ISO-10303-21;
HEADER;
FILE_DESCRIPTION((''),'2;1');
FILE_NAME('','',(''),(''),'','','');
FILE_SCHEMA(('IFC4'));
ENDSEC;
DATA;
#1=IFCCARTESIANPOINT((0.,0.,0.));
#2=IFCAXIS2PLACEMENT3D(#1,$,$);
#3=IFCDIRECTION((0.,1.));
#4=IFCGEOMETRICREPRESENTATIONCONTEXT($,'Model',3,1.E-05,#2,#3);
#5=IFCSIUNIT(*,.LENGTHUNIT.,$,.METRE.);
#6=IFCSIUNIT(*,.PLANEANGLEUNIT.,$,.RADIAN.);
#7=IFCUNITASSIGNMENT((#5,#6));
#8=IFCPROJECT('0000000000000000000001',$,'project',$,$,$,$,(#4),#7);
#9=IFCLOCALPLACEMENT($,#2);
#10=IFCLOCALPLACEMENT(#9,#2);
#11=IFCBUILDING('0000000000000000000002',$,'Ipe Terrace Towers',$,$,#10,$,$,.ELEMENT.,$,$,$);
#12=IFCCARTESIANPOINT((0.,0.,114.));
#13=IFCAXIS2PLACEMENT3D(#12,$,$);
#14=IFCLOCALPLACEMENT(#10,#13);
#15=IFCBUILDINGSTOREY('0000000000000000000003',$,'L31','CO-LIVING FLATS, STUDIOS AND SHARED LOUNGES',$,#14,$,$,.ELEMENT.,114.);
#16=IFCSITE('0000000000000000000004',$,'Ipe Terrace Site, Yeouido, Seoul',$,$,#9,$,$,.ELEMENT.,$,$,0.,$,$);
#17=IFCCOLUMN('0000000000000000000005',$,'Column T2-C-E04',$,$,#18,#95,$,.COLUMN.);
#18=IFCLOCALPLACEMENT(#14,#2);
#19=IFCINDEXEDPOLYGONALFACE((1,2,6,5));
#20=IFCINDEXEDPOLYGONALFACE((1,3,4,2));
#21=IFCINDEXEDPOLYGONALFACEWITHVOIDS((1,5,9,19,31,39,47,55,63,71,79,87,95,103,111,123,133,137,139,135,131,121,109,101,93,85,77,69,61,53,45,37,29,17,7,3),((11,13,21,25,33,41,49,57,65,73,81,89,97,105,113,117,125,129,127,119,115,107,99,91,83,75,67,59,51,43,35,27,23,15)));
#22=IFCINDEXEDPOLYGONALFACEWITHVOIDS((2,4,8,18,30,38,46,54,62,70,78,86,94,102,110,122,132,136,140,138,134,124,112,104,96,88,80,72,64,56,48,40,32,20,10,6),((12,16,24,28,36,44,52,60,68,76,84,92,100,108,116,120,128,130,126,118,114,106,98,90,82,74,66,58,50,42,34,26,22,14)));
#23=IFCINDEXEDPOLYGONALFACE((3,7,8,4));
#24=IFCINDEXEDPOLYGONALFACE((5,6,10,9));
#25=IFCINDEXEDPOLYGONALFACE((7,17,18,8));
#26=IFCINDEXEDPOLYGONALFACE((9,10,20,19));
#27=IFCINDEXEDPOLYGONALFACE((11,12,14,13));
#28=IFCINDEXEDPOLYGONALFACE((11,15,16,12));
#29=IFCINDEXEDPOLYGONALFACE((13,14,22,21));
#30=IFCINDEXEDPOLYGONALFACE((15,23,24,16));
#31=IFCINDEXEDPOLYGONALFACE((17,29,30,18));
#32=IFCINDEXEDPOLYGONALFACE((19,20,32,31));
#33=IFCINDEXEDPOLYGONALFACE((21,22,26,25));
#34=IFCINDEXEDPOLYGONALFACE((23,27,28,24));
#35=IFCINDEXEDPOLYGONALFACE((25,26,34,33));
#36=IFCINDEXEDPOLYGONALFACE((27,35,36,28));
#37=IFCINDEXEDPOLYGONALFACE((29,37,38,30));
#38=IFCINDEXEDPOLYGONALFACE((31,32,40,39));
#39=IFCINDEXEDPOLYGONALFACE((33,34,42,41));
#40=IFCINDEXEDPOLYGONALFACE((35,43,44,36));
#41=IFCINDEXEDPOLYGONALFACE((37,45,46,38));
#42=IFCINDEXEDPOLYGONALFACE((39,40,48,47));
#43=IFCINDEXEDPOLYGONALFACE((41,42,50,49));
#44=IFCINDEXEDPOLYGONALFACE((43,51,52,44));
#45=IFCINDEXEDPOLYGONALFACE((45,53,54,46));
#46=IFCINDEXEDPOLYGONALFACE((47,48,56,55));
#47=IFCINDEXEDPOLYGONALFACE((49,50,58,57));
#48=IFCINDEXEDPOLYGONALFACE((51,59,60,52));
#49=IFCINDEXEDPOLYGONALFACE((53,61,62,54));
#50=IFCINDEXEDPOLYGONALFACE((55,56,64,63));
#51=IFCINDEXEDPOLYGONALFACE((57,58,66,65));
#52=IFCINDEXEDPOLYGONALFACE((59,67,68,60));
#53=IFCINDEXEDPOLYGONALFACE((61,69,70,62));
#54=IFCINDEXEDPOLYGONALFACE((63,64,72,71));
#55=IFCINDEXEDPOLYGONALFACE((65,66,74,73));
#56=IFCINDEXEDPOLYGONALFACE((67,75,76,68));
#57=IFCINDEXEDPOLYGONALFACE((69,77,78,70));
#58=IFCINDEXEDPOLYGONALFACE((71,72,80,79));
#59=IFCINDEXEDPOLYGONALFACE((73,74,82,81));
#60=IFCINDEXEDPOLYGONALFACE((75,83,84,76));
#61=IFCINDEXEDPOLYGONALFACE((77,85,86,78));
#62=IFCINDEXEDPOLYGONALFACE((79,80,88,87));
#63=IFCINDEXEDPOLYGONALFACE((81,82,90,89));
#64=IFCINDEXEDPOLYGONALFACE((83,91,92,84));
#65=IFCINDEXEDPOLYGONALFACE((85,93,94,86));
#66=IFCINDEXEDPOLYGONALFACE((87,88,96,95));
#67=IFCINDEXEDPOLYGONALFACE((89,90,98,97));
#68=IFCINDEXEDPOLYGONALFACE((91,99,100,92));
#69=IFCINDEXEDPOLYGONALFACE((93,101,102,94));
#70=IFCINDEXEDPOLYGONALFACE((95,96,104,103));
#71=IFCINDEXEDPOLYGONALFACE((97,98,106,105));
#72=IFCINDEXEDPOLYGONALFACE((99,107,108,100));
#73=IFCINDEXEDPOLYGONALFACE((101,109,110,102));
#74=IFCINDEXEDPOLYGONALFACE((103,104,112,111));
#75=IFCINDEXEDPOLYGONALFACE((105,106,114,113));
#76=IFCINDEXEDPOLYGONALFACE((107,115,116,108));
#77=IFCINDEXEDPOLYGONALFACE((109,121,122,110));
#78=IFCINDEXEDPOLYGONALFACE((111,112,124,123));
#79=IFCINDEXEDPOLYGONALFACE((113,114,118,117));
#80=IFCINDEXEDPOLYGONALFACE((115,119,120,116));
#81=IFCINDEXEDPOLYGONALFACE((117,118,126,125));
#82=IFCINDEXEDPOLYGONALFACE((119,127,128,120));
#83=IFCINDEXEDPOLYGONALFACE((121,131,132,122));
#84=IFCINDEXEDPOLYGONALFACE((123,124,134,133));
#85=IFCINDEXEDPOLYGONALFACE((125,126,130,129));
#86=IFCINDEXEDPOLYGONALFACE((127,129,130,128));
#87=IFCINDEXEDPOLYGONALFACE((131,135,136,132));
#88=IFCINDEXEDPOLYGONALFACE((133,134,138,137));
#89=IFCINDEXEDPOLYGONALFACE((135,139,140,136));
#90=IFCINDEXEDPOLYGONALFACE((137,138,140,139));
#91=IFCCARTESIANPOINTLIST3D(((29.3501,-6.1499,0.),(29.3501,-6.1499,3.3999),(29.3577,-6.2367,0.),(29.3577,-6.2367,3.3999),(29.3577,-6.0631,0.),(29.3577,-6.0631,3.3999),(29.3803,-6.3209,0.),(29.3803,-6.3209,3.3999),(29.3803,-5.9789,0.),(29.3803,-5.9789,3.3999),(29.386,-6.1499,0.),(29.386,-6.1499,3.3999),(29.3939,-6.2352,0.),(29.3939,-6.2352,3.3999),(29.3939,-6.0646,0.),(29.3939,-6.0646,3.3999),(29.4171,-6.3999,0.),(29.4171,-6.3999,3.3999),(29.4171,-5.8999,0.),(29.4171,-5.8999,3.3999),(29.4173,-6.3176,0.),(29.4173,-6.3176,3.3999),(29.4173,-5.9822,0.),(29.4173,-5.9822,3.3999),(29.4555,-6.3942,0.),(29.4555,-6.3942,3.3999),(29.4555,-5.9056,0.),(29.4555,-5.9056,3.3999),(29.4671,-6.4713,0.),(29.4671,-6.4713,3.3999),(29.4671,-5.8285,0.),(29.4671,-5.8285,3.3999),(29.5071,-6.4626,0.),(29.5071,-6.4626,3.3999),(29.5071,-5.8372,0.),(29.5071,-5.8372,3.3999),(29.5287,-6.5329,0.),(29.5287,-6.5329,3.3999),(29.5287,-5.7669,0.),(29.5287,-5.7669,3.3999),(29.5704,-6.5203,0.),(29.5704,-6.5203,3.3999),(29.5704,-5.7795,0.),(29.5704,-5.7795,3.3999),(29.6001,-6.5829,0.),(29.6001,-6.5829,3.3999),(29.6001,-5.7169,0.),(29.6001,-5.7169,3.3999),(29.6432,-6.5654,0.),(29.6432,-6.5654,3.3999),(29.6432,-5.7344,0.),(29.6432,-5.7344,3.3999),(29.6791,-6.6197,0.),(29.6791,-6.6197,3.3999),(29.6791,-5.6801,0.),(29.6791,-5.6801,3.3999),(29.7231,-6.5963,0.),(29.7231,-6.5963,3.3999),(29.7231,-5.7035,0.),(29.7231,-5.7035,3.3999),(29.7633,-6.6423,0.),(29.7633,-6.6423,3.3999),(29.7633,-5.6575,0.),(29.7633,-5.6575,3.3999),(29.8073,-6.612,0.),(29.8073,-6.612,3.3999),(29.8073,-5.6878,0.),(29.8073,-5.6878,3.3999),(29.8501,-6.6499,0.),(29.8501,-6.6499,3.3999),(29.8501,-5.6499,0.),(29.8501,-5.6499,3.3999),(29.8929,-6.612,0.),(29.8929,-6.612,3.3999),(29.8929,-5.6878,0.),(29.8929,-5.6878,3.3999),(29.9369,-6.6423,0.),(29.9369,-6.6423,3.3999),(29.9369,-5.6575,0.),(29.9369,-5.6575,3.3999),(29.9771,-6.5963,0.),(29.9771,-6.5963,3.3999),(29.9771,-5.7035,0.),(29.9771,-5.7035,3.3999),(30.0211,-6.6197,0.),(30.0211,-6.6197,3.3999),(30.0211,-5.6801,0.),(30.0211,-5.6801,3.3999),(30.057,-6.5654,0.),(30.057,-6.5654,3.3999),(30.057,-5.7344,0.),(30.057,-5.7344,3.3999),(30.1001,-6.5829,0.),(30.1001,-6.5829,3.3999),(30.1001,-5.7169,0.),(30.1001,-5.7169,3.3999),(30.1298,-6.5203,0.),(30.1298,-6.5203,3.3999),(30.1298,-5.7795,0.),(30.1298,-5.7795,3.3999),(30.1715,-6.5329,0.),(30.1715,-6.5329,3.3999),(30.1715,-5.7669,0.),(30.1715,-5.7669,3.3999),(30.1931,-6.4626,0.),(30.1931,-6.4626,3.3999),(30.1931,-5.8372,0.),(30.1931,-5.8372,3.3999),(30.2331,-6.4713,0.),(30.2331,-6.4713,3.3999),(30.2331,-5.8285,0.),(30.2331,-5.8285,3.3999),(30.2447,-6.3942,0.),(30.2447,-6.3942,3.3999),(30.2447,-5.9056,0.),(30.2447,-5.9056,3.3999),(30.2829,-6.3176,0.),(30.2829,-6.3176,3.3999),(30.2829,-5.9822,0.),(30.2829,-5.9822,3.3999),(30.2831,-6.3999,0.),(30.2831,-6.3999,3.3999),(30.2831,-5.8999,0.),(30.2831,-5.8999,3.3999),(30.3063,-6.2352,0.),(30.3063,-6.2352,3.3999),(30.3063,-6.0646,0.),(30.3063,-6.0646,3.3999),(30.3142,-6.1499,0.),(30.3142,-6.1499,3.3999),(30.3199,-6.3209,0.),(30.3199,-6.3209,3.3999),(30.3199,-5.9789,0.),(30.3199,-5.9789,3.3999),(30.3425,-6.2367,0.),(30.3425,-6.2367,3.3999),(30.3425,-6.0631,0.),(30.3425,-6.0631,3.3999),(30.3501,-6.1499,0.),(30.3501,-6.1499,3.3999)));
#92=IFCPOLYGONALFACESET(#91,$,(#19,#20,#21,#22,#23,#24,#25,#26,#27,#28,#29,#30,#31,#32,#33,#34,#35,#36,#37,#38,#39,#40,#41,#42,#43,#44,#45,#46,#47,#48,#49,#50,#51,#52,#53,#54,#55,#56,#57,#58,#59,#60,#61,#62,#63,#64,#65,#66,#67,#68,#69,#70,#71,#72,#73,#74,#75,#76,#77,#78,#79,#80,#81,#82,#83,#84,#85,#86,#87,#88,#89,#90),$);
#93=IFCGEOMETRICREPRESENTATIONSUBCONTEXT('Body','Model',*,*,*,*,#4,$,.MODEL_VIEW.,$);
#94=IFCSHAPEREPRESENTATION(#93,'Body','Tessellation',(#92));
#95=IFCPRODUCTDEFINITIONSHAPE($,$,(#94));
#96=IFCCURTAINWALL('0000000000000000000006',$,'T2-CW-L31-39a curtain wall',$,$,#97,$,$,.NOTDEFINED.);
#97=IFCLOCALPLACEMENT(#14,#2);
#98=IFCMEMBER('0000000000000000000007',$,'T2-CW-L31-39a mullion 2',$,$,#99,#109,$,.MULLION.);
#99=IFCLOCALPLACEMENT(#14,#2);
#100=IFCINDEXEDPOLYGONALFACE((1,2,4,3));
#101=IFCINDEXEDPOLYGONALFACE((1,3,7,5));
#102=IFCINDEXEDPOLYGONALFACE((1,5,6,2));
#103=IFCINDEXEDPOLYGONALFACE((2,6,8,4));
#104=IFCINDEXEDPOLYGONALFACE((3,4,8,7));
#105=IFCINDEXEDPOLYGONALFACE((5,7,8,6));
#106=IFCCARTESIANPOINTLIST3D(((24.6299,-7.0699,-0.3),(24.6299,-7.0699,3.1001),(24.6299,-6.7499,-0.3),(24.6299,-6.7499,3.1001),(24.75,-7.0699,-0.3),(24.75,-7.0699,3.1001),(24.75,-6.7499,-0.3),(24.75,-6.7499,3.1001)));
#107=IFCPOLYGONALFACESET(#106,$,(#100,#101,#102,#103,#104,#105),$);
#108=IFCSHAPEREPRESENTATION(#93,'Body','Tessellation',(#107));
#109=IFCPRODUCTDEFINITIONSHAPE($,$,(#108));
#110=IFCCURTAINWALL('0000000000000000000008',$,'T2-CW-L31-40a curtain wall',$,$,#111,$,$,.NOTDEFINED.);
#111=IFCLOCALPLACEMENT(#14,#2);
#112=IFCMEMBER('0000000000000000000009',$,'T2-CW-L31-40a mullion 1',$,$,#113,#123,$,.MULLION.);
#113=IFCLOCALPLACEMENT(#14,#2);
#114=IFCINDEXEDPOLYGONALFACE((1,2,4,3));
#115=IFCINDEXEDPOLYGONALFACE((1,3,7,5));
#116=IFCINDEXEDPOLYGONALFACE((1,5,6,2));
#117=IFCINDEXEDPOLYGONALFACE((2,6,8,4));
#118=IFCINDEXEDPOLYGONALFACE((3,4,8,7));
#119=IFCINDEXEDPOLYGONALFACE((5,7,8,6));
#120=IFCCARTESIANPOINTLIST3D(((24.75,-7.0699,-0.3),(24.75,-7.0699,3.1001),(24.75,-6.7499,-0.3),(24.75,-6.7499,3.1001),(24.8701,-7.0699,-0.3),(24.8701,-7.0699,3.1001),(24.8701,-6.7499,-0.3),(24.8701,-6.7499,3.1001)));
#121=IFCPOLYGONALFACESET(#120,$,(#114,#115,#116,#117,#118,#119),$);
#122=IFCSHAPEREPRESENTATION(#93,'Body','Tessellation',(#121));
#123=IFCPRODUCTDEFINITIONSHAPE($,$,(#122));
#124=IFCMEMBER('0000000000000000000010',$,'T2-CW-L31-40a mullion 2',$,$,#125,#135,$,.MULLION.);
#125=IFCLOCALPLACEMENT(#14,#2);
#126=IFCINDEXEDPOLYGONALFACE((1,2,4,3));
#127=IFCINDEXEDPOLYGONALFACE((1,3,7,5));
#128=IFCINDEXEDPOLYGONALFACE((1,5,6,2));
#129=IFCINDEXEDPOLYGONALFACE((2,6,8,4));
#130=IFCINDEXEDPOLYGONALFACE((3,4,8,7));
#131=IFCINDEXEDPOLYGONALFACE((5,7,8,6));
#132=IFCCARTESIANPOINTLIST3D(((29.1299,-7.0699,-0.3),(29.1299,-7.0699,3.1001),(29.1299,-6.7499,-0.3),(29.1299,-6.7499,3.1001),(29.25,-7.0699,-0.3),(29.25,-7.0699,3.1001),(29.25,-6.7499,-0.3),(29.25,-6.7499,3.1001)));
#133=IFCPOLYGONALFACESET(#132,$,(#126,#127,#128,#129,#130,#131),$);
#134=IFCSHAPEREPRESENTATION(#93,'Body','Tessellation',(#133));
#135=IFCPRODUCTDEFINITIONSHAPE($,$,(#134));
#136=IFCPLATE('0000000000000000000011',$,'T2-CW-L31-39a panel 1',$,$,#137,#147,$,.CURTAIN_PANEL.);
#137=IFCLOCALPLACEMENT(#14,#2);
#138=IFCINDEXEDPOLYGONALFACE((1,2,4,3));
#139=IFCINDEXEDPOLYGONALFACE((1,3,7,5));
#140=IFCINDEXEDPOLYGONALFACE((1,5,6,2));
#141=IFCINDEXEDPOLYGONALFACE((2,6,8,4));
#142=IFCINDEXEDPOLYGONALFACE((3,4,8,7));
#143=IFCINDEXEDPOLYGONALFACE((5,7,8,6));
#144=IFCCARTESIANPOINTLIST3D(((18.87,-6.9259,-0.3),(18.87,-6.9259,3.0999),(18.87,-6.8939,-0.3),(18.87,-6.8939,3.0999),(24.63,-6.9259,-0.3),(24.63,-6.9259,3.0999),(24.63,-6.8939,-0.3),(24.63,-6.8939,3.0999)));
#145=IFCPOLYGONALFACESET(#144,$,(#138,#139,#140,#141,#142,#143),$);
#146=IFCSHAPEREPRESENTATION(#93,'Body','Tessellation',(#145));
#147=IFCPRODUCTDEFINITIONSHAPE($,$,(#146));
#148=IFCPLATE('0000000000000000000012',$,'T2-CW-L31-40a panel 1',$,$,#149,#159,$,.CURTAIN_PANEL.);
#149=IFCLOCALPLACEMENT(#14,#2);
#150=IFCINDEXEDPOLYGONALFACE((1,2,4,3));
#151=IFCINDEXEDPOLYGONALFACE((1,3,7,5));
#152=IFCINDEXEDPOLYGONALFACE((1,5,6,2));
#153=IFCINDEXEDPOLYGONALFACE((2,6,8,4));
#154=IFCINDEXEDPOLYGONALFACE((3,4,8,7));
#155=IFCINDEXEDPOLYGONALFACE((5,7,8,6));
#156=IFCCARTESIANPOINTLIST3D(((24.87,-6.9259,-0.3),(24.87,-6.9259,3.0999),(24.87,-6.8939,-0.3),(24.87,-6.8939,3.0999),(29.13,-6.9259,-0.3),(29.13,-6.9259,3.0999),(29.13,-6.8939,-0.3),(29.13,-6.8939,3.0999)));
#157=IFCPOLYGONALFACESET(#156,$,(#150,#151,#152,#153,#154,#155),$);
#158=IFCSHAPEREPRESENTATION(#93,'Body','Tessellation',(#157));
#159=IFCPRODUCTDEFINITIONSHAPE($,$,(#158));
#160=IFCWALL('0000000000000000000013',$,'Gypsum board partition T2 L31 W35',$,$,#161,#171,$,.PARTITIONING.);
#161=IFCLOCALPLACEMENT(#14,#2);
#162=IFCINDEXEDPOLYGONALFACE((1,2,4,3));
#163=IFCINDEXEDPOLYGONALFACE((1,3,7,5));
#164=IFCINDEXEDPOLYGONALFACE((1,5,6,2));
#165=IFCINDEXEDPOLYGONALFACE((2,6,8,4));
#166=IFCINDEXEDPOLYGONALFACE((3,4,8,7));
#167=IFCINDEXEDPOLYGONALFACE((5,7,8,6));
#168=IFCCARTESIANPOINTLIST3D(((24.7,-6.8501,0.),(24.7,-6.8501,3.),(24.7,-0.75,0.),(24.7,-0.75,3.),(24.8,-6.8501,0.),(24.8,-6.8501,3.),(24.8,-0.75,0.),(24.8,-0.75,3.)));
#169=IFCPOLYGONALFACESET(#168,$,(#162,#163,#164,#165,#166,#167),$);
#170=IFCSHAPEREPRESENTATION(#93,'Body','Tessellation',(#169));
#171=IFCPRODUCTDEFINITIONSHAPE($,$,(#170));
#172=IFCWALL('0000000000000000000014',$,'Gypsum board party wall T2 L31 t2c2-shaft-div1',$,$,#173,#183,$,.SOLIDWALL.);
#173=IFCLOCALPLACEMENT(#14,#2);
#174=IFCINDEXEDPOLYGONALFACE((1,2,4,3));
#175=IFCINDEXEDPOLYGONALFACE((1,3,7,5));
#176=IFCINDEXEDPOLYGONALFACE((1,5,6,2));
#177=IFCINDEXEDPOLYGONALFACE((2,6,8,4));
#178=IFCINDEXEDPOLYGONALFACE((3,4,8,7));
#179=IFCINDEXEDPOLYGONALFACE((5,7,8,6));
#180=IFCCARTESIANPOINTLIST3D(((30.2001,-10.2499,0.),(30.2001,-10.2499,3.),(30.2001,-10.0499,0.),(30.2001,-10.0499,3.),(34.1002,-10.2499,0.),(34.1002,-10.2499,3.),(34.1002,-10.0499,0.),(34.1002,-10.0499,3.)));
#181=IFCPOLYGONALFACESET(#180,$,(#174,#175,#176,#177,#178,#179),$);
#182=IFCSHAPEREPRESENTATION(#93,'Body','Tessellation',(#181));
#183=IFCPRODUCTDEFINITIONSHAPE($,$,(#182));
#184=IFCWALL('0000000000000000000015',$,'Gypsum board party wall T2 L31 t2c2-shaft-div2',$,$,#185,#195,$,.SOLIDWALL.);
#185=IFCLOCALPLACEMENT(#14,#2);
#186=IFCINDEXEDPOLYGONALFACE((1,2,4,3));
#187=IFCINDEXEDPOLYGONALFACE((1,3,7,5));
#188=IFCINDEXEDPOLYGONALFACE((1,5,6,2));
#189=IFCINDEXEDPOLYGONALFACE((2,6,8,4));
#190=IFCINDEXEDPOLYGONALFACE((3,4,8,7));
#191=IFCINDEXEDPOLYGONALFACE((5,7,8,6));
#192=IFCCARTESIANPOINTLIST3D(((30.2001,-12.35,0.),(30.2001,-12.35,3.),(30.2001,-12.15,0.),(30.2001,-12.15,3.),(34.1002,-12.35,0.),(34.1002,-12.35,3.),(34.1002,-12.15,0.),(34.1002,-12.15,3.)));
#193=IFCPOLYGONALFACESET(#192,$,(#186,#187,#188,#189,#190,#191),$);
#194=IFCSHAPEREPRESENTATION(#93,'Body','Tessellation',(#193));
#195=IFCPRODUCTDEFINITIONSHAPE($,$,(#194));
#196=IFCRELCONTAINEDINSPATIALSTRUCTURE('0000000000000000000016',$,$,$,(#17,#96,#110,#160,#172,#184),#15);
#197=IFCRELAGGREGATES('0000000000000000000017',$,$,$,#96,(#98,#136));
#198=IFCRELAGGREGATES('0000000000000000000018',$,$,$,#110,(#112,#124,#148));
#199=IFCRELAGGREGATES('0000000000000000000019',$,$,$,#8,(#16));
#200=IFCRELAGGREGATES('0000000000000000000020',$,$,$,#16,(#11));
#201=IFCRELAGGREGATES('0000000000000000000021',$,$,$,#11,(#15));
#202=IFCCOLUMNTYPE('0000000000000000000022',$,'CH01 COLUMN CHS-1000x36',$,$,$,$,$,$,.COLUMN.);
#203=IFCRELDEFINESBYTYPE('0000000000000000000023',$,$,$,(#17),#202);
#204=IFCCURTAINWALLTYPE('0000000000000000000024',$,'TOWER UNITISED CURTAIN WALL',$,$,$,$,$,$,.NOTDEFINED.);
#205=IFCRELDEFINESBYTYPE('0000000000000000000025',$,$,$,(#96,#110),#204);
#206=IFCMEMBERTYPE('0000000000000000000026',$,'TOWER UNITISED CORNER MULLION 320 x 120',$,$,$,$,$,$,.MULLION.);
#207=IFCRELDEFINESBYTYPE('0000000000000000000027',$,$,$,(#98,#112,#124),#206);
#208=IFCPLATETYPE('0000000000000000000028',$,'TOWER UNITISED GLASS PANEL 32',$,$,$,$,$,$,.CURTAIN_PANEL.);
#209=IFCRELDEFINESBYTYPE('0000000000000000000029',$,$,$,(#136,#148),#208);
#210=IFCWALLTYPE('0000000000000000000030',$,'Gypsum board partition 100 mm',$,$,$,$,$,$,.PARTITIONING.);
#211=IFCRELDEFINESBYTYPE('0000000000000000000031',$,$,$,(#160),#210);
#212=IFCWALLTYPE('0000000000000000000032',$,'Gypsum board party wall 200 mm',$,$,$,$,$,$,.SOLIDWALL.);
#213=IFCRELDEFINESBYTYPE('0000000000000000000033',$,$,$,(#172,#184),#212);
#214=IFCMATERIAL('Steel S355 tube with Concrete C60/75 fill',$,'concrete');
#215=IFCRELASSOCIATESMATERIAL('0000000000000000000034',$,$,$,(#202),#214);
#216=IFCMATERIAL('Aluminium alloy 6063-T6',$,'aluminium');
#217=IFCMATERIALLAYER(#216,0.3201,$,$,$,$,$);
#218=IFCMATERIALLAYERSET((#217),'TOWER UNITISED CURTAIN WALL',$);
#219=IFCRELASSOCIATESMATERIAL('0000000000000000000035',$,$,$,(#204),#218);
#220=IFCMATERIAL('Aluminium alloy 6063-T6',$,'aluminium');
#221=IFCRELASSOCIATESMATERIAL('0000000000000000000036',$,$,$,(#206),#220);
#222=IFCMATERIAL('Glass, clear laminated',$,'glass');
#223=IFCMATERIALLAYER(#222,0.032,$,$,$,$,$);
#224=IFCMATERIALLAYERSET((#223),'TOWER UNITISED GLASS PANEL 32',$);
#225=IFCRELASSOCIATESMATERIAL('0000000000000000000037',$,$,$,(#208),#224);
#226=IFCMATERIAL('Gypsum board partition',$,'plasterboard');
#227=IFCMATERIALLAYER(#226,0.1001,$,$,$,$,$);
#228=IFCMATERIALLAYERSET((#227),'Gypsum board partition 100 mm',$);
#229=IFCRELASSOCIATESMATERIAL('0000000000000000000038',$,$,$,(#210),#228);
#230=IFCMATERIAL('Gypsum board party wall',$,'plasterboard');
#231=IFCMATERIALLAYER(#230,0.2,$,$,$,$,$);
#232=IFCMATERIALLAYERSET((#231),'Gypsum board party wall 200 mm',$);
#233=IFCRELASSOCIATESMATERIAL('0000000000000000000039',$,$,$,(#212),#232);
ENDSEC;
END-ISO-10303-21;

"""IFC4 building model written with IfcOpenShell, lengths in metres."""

from ifc_helpers import new_model, si_unit, direction, frame, frame_2d, origin, origin_2d, place, context, subcontext, project, spatial, rectangle, hollow_circle, extrude, material, layer, layer_set, material_profile, profile_set, type_object, element, aggregate, save


model = new_model("IFC4")

# Units and contexts
model_context = context("Model", 3, precision=1e-05, world=origin(), true_north=direction((0.0, 1.0)))
body_context = subcontext(model_context, "Body", "Model", "MODEL_VIEW")
ifc_project = project(units=[si_unit("LENGTHUNIT", "METRE"), si_unit("PLANEANGLEUNIT", "RADIAN")], contexts=[model_context])

# Site, building, storey
site_placement = place(None, origin())
site = spatial("IfcSite", under=ifc_project, at=site_placement, Name="Ipe Terrace Site, Yeouido, Seoul", CompositionType="ELEMENT", RefElevation=0.0)
building_placement = place(site_placement, origin())
building = spatial("IfcBuilding", under=site, at=building_placement, Name="Ipe Terrace Towers", CompositionType="ELEMENT")
storey_placement = place(building_placement, frame((0.0, 0.0, 114.0)))
storey = spatial("IfcBuildingStorey", under=building, at=storey_placement, Name="L31", Description="CO-LIVING FLATS, STUDIOS AND SHARED LOUNGES", CompositionType="ELEMENT", Elevation=114.0)

# Column
ifc_material_1 = material(Name="Steel S355 tube with Concrete C60/75 fill", Category="concrete")
ifc_material_profile_1 = material_profile(ifc_material_1, hollow_circle(Radius=0.5, WallThickness=0.0359, at=origin_2d()), Name="CHS-1000x36")
ifc_profile_set_1 = profile_set([ifc_material_profile_1], Name="Steel S355 tube with Concrete C60/75 fill")
column_type = type_object("IfcColumnType", Name="CH01 COLUMN CHS-1000x36", PredefinedType="COLUMN", material=ifc_profile_set_1)
column_placement = place(storey_placement, frame((29.8501, -6.1499, 0.0), z_axis=(0.0, 0.0, 1.0), x_axis=(1.0, 0.0, 0.0)))
element("IfcColumn", 1, at=column_placement, inside=storey, type_object=column_type, Name="Column T2-C-E04", PredefinedType="COLUMN", context=body_context, shape_type="SweptSolid", body=[
    extrude(hollow_circle(Radius=0.5, WallThickness=0.0359, at=origin_2d()), origin(), (0.0, 0.0, 1.0), 3.3999),
])

# Curtain wall, member
ifc_material_2 = material(Name="Aluminium alloy 6063-T6", Category="aluminium")
ifc_layer_1 = layer(ifc_material_2, 0.3201)
ifc_layer_set_1 = layer_set([ifc_layer_1], Name="TOWER UNITISED CURTAIN WALL")
curtain_wall_type = type_object("IfcCurtainWallType", Name="TOWER UNITISED CURTAIN WALL", PredefinedType="NOTDEFINED", material=ifc_layer_set_1)
curtain_wall_1_placement = place(storey_placement, origin())
curtain_wall_1 = element("IfcCurtainWall", 2, at=curtain_wall_1_placement, inside=storey, type_object=curtain_wall_type, Name="T2-CW-L31-39a curtain wall", PredefinedType="NOTDEFINED")
ifc_material_3 = material(Name="Aluminium alloy 6063-T6", Category="aluminium")
ifc_material_profile_2 = material_profile(ifc_material_3, rectangle(XDim=0.3201, YDim=0.1201, at=origin_2d()), Name="TOWER UNITISED CORNER MULLION 320 x 120")
ifc_profile_set_2 = profile_set([ifc_material_profile_2], Name="Aluminium alloy 6063-T6")
member_type = type_object("IfcMemberType", Name="TOWER UNITISED CORNER MULLION 320 x 120", PredefinedType="MULLION", material=ifc_profile_set_2)
member_1_placement = place(storey_placement, frame((24.6899, -6.9099, -0.3), z_axis=(0.0, 0.0, 1.0), x_axis=(0.0, -1.0, 0.0)))
member_1 = element("IfcMember", 3, at=member_1_placement, type_object=member_type, Name="T2-CW-L31-39a mullion 2", PredefinedType="MULLION", context=body_context, shape_type="SweptSolid", body=[
    extrude(rectangle(XDim=0.3201, YDim=0.1201, at=origin_2d()), origin(), (0.0, 0.0, 1.0), 3.4001),
])

# Curtain wall, members
curtain_wall_2_placement = place(storey_placement, origin())
curtain_wall_2 = element("IfcCurtainWall", 4, at=curtain_wall_2_placement, inside=storey, type_object=curtain_wall_type, Name="T2-CW-L31-40a curtain wall", PredefinedType="NOTDEFINED")
member_2_placement = place(storey_placement, frame((24.8101, -6.9099, -0.3), z_axis=(0.0, 0.0, 1.0), x_axis=(0.0, -1.0, 0.0)))
member_2 = element("IfcMember", 5, at=member_2_placement, type_object=member_type, Name="T2-CW-L31-40a mullion 1", PredefinedType="MULLION", context=body_context, shape_type="SweptSolid", body=[
    extrude(rectangle(XDim=0.3201, YDim=0.1201, at=origin_2d()), origin(), (0.0, 0.0, 1.0), 3.4001),
])
member_3_placement = place(storey_placement, frame((29.1899, -6.9099, -0.3), z_axis=(0.0, 0.0, 1.0), x_axis=(0.0, -1.0, 0.0)))
member_3 = element("IfcMember", 6, at=member_3_placement, type_object=member_type, Name="T2-CW-L31-40a mullion 2", PredefinedType="MULLION", context=body_context, shape_type="SweptSolid", body=[
    extrude(rectangle(XDim=0.3201, YDim=0.1201, at=origin_2d()), origin(), (0.0, 0.0, 1.0), 3.4001),
])

# Plates
ifc_material_4 = material(Name="Glass, clear laminated", Category="glass")
ifc_layer_2 = layer(ifc_material_4, 0.032)
ifc_layer_set_2 = layer_set([ifc_layer_2], Name="TOWER UNITISED GLASS PANEL 32")
plate_type = type_object("IfcPlateType", Name="TOWER UNITISED GLASS PANEL 32", PredefinedType="CURTAIN_PANEL", material=ifc_layer_set_2)
plate_1_placement = place(storey_placement, frame((21.75, -6.9099, -0.3), z_axis=(0.0, 0.0, 1.0), x_axis=(1.0, 0.0, 0.0)))
plate_1 = element("IfcPlate", 7, at=plate_1_placement, type_object=plate_type, Name="T2-CW-L31-39a panel 1", PredefinedType="CURTAIN_PANEL", context=body_context, shape_type="SweptSolid", body=[
    extrude(rectangle(XDim=5.76, YDim=0.032, at=origin_2d()), origin(), (0.0, 0.0, 1.0), 3.3999),
])
aggregate(curtain_wall_1, [member_1, plate_1])
plate_2_placement = place(storey_placement, frame((27.0, -6.9099, -0.3), z_axis=(0.0, 0.0, 1.0), x_axis=(1.0, 0.0, 0.0)))
plate_2 = element("IfcPlate", 8, at=plate_2_placement, type_object=plate_type, Name="T2-CW-L31-40a panel 1", PredefinedType="CURTAIN_PANEL", context=body_context, shape_type="SweptSolid", body=[
    extrude(rectangle(XDim=4.26, YDim=0.032, at=origin_2d()), origin(), (0.0, 0.0, 1.0), 3.3999),
])
aggregate(curtain_wall_2, [member_2, member_3, plate_2])

# Walls
ifc_material_5 = material(Name="Gypsum board partition", Category="plasterboard")
ifc_layer_3 = layer(ifc_material_5, 0.1001)
ifc_layer_set_3 = layer_set([ifc_layer_3], Name="Gypsum board partition 100 mm")
wall_type_1 = type_object("IfcWallType", Name="Gypsum board partition 100 mm", PredefinedType="PARTITIONING", material=ifc_layer_set_3)
wall_1_placement = place(storey_placement, frame((24.75, -6.8501, 0.0), z_axis=(0.0, 0.0, 1.0), x_axis=(0.0, 1.0, 0.0)))
element("IfcWall", 9, at=wall_1_placement, inside=storey, type_object=wall_type_1, Name="Gypsum board partition T2 L31 W35", PredefinedType="PARTITIONING", context=body_context, shape_type="SweptSolid", body=[
    extrude(rectangle(XDim=6.1001, YDim=0.1001, at=frame_2d((3.05, 0.0))), origin(), (0.0, 0.0, 1.0), 3.0),
])
ifc_material_6 = material(Name="Gypsum board party wall", Category="plasterboard")
ifc_layer_4 = layer(ifc_material_6, 0.2)
ifc_layer_set_4 = layer_set([ifc_layer_4], Name="Gypsum board party wall 200 mm")
wall_type_2 = type_object("IfcWallType", Name="Gypsum board party wall 200 mm", PredefinedType="SOLIDWALL", material=ifc_layer_set_4)
for number, where, z_axis, x_axis, name in (
    (10, (30.2, -10.1499, 0.0), (0.0, 0.0, 1.0), (1.0, 0.0, 0.0), "Gypsum board party wall T2 L31 t2c2-shaft-div1"),
    (11, (30.2, -12.25, 0.0), (0.0, 0.0, 1.0), (1.0, 0.0, 0.0), "Gypsum board party wall T2 L31 t2c2-shaft-div2"),
):
    element("IfcWall", number, at=place(storey_placement, frame(where, z_axis=z_axis, x_axis=x_axis)), inside=storey, type_object=wall_type_2, Name=name, PredefinedType="SOLIDWALL", context=body_context, shape_type="SweptSolid", body=[
        extrude(rectangle(XDim=3.9001, YDim=0.2, at=frame_2d((1.9502, 0.0))), origin(), (0.0, 0.0, 1.0), 3.0),
    ])

save(model, "model.ifc")
